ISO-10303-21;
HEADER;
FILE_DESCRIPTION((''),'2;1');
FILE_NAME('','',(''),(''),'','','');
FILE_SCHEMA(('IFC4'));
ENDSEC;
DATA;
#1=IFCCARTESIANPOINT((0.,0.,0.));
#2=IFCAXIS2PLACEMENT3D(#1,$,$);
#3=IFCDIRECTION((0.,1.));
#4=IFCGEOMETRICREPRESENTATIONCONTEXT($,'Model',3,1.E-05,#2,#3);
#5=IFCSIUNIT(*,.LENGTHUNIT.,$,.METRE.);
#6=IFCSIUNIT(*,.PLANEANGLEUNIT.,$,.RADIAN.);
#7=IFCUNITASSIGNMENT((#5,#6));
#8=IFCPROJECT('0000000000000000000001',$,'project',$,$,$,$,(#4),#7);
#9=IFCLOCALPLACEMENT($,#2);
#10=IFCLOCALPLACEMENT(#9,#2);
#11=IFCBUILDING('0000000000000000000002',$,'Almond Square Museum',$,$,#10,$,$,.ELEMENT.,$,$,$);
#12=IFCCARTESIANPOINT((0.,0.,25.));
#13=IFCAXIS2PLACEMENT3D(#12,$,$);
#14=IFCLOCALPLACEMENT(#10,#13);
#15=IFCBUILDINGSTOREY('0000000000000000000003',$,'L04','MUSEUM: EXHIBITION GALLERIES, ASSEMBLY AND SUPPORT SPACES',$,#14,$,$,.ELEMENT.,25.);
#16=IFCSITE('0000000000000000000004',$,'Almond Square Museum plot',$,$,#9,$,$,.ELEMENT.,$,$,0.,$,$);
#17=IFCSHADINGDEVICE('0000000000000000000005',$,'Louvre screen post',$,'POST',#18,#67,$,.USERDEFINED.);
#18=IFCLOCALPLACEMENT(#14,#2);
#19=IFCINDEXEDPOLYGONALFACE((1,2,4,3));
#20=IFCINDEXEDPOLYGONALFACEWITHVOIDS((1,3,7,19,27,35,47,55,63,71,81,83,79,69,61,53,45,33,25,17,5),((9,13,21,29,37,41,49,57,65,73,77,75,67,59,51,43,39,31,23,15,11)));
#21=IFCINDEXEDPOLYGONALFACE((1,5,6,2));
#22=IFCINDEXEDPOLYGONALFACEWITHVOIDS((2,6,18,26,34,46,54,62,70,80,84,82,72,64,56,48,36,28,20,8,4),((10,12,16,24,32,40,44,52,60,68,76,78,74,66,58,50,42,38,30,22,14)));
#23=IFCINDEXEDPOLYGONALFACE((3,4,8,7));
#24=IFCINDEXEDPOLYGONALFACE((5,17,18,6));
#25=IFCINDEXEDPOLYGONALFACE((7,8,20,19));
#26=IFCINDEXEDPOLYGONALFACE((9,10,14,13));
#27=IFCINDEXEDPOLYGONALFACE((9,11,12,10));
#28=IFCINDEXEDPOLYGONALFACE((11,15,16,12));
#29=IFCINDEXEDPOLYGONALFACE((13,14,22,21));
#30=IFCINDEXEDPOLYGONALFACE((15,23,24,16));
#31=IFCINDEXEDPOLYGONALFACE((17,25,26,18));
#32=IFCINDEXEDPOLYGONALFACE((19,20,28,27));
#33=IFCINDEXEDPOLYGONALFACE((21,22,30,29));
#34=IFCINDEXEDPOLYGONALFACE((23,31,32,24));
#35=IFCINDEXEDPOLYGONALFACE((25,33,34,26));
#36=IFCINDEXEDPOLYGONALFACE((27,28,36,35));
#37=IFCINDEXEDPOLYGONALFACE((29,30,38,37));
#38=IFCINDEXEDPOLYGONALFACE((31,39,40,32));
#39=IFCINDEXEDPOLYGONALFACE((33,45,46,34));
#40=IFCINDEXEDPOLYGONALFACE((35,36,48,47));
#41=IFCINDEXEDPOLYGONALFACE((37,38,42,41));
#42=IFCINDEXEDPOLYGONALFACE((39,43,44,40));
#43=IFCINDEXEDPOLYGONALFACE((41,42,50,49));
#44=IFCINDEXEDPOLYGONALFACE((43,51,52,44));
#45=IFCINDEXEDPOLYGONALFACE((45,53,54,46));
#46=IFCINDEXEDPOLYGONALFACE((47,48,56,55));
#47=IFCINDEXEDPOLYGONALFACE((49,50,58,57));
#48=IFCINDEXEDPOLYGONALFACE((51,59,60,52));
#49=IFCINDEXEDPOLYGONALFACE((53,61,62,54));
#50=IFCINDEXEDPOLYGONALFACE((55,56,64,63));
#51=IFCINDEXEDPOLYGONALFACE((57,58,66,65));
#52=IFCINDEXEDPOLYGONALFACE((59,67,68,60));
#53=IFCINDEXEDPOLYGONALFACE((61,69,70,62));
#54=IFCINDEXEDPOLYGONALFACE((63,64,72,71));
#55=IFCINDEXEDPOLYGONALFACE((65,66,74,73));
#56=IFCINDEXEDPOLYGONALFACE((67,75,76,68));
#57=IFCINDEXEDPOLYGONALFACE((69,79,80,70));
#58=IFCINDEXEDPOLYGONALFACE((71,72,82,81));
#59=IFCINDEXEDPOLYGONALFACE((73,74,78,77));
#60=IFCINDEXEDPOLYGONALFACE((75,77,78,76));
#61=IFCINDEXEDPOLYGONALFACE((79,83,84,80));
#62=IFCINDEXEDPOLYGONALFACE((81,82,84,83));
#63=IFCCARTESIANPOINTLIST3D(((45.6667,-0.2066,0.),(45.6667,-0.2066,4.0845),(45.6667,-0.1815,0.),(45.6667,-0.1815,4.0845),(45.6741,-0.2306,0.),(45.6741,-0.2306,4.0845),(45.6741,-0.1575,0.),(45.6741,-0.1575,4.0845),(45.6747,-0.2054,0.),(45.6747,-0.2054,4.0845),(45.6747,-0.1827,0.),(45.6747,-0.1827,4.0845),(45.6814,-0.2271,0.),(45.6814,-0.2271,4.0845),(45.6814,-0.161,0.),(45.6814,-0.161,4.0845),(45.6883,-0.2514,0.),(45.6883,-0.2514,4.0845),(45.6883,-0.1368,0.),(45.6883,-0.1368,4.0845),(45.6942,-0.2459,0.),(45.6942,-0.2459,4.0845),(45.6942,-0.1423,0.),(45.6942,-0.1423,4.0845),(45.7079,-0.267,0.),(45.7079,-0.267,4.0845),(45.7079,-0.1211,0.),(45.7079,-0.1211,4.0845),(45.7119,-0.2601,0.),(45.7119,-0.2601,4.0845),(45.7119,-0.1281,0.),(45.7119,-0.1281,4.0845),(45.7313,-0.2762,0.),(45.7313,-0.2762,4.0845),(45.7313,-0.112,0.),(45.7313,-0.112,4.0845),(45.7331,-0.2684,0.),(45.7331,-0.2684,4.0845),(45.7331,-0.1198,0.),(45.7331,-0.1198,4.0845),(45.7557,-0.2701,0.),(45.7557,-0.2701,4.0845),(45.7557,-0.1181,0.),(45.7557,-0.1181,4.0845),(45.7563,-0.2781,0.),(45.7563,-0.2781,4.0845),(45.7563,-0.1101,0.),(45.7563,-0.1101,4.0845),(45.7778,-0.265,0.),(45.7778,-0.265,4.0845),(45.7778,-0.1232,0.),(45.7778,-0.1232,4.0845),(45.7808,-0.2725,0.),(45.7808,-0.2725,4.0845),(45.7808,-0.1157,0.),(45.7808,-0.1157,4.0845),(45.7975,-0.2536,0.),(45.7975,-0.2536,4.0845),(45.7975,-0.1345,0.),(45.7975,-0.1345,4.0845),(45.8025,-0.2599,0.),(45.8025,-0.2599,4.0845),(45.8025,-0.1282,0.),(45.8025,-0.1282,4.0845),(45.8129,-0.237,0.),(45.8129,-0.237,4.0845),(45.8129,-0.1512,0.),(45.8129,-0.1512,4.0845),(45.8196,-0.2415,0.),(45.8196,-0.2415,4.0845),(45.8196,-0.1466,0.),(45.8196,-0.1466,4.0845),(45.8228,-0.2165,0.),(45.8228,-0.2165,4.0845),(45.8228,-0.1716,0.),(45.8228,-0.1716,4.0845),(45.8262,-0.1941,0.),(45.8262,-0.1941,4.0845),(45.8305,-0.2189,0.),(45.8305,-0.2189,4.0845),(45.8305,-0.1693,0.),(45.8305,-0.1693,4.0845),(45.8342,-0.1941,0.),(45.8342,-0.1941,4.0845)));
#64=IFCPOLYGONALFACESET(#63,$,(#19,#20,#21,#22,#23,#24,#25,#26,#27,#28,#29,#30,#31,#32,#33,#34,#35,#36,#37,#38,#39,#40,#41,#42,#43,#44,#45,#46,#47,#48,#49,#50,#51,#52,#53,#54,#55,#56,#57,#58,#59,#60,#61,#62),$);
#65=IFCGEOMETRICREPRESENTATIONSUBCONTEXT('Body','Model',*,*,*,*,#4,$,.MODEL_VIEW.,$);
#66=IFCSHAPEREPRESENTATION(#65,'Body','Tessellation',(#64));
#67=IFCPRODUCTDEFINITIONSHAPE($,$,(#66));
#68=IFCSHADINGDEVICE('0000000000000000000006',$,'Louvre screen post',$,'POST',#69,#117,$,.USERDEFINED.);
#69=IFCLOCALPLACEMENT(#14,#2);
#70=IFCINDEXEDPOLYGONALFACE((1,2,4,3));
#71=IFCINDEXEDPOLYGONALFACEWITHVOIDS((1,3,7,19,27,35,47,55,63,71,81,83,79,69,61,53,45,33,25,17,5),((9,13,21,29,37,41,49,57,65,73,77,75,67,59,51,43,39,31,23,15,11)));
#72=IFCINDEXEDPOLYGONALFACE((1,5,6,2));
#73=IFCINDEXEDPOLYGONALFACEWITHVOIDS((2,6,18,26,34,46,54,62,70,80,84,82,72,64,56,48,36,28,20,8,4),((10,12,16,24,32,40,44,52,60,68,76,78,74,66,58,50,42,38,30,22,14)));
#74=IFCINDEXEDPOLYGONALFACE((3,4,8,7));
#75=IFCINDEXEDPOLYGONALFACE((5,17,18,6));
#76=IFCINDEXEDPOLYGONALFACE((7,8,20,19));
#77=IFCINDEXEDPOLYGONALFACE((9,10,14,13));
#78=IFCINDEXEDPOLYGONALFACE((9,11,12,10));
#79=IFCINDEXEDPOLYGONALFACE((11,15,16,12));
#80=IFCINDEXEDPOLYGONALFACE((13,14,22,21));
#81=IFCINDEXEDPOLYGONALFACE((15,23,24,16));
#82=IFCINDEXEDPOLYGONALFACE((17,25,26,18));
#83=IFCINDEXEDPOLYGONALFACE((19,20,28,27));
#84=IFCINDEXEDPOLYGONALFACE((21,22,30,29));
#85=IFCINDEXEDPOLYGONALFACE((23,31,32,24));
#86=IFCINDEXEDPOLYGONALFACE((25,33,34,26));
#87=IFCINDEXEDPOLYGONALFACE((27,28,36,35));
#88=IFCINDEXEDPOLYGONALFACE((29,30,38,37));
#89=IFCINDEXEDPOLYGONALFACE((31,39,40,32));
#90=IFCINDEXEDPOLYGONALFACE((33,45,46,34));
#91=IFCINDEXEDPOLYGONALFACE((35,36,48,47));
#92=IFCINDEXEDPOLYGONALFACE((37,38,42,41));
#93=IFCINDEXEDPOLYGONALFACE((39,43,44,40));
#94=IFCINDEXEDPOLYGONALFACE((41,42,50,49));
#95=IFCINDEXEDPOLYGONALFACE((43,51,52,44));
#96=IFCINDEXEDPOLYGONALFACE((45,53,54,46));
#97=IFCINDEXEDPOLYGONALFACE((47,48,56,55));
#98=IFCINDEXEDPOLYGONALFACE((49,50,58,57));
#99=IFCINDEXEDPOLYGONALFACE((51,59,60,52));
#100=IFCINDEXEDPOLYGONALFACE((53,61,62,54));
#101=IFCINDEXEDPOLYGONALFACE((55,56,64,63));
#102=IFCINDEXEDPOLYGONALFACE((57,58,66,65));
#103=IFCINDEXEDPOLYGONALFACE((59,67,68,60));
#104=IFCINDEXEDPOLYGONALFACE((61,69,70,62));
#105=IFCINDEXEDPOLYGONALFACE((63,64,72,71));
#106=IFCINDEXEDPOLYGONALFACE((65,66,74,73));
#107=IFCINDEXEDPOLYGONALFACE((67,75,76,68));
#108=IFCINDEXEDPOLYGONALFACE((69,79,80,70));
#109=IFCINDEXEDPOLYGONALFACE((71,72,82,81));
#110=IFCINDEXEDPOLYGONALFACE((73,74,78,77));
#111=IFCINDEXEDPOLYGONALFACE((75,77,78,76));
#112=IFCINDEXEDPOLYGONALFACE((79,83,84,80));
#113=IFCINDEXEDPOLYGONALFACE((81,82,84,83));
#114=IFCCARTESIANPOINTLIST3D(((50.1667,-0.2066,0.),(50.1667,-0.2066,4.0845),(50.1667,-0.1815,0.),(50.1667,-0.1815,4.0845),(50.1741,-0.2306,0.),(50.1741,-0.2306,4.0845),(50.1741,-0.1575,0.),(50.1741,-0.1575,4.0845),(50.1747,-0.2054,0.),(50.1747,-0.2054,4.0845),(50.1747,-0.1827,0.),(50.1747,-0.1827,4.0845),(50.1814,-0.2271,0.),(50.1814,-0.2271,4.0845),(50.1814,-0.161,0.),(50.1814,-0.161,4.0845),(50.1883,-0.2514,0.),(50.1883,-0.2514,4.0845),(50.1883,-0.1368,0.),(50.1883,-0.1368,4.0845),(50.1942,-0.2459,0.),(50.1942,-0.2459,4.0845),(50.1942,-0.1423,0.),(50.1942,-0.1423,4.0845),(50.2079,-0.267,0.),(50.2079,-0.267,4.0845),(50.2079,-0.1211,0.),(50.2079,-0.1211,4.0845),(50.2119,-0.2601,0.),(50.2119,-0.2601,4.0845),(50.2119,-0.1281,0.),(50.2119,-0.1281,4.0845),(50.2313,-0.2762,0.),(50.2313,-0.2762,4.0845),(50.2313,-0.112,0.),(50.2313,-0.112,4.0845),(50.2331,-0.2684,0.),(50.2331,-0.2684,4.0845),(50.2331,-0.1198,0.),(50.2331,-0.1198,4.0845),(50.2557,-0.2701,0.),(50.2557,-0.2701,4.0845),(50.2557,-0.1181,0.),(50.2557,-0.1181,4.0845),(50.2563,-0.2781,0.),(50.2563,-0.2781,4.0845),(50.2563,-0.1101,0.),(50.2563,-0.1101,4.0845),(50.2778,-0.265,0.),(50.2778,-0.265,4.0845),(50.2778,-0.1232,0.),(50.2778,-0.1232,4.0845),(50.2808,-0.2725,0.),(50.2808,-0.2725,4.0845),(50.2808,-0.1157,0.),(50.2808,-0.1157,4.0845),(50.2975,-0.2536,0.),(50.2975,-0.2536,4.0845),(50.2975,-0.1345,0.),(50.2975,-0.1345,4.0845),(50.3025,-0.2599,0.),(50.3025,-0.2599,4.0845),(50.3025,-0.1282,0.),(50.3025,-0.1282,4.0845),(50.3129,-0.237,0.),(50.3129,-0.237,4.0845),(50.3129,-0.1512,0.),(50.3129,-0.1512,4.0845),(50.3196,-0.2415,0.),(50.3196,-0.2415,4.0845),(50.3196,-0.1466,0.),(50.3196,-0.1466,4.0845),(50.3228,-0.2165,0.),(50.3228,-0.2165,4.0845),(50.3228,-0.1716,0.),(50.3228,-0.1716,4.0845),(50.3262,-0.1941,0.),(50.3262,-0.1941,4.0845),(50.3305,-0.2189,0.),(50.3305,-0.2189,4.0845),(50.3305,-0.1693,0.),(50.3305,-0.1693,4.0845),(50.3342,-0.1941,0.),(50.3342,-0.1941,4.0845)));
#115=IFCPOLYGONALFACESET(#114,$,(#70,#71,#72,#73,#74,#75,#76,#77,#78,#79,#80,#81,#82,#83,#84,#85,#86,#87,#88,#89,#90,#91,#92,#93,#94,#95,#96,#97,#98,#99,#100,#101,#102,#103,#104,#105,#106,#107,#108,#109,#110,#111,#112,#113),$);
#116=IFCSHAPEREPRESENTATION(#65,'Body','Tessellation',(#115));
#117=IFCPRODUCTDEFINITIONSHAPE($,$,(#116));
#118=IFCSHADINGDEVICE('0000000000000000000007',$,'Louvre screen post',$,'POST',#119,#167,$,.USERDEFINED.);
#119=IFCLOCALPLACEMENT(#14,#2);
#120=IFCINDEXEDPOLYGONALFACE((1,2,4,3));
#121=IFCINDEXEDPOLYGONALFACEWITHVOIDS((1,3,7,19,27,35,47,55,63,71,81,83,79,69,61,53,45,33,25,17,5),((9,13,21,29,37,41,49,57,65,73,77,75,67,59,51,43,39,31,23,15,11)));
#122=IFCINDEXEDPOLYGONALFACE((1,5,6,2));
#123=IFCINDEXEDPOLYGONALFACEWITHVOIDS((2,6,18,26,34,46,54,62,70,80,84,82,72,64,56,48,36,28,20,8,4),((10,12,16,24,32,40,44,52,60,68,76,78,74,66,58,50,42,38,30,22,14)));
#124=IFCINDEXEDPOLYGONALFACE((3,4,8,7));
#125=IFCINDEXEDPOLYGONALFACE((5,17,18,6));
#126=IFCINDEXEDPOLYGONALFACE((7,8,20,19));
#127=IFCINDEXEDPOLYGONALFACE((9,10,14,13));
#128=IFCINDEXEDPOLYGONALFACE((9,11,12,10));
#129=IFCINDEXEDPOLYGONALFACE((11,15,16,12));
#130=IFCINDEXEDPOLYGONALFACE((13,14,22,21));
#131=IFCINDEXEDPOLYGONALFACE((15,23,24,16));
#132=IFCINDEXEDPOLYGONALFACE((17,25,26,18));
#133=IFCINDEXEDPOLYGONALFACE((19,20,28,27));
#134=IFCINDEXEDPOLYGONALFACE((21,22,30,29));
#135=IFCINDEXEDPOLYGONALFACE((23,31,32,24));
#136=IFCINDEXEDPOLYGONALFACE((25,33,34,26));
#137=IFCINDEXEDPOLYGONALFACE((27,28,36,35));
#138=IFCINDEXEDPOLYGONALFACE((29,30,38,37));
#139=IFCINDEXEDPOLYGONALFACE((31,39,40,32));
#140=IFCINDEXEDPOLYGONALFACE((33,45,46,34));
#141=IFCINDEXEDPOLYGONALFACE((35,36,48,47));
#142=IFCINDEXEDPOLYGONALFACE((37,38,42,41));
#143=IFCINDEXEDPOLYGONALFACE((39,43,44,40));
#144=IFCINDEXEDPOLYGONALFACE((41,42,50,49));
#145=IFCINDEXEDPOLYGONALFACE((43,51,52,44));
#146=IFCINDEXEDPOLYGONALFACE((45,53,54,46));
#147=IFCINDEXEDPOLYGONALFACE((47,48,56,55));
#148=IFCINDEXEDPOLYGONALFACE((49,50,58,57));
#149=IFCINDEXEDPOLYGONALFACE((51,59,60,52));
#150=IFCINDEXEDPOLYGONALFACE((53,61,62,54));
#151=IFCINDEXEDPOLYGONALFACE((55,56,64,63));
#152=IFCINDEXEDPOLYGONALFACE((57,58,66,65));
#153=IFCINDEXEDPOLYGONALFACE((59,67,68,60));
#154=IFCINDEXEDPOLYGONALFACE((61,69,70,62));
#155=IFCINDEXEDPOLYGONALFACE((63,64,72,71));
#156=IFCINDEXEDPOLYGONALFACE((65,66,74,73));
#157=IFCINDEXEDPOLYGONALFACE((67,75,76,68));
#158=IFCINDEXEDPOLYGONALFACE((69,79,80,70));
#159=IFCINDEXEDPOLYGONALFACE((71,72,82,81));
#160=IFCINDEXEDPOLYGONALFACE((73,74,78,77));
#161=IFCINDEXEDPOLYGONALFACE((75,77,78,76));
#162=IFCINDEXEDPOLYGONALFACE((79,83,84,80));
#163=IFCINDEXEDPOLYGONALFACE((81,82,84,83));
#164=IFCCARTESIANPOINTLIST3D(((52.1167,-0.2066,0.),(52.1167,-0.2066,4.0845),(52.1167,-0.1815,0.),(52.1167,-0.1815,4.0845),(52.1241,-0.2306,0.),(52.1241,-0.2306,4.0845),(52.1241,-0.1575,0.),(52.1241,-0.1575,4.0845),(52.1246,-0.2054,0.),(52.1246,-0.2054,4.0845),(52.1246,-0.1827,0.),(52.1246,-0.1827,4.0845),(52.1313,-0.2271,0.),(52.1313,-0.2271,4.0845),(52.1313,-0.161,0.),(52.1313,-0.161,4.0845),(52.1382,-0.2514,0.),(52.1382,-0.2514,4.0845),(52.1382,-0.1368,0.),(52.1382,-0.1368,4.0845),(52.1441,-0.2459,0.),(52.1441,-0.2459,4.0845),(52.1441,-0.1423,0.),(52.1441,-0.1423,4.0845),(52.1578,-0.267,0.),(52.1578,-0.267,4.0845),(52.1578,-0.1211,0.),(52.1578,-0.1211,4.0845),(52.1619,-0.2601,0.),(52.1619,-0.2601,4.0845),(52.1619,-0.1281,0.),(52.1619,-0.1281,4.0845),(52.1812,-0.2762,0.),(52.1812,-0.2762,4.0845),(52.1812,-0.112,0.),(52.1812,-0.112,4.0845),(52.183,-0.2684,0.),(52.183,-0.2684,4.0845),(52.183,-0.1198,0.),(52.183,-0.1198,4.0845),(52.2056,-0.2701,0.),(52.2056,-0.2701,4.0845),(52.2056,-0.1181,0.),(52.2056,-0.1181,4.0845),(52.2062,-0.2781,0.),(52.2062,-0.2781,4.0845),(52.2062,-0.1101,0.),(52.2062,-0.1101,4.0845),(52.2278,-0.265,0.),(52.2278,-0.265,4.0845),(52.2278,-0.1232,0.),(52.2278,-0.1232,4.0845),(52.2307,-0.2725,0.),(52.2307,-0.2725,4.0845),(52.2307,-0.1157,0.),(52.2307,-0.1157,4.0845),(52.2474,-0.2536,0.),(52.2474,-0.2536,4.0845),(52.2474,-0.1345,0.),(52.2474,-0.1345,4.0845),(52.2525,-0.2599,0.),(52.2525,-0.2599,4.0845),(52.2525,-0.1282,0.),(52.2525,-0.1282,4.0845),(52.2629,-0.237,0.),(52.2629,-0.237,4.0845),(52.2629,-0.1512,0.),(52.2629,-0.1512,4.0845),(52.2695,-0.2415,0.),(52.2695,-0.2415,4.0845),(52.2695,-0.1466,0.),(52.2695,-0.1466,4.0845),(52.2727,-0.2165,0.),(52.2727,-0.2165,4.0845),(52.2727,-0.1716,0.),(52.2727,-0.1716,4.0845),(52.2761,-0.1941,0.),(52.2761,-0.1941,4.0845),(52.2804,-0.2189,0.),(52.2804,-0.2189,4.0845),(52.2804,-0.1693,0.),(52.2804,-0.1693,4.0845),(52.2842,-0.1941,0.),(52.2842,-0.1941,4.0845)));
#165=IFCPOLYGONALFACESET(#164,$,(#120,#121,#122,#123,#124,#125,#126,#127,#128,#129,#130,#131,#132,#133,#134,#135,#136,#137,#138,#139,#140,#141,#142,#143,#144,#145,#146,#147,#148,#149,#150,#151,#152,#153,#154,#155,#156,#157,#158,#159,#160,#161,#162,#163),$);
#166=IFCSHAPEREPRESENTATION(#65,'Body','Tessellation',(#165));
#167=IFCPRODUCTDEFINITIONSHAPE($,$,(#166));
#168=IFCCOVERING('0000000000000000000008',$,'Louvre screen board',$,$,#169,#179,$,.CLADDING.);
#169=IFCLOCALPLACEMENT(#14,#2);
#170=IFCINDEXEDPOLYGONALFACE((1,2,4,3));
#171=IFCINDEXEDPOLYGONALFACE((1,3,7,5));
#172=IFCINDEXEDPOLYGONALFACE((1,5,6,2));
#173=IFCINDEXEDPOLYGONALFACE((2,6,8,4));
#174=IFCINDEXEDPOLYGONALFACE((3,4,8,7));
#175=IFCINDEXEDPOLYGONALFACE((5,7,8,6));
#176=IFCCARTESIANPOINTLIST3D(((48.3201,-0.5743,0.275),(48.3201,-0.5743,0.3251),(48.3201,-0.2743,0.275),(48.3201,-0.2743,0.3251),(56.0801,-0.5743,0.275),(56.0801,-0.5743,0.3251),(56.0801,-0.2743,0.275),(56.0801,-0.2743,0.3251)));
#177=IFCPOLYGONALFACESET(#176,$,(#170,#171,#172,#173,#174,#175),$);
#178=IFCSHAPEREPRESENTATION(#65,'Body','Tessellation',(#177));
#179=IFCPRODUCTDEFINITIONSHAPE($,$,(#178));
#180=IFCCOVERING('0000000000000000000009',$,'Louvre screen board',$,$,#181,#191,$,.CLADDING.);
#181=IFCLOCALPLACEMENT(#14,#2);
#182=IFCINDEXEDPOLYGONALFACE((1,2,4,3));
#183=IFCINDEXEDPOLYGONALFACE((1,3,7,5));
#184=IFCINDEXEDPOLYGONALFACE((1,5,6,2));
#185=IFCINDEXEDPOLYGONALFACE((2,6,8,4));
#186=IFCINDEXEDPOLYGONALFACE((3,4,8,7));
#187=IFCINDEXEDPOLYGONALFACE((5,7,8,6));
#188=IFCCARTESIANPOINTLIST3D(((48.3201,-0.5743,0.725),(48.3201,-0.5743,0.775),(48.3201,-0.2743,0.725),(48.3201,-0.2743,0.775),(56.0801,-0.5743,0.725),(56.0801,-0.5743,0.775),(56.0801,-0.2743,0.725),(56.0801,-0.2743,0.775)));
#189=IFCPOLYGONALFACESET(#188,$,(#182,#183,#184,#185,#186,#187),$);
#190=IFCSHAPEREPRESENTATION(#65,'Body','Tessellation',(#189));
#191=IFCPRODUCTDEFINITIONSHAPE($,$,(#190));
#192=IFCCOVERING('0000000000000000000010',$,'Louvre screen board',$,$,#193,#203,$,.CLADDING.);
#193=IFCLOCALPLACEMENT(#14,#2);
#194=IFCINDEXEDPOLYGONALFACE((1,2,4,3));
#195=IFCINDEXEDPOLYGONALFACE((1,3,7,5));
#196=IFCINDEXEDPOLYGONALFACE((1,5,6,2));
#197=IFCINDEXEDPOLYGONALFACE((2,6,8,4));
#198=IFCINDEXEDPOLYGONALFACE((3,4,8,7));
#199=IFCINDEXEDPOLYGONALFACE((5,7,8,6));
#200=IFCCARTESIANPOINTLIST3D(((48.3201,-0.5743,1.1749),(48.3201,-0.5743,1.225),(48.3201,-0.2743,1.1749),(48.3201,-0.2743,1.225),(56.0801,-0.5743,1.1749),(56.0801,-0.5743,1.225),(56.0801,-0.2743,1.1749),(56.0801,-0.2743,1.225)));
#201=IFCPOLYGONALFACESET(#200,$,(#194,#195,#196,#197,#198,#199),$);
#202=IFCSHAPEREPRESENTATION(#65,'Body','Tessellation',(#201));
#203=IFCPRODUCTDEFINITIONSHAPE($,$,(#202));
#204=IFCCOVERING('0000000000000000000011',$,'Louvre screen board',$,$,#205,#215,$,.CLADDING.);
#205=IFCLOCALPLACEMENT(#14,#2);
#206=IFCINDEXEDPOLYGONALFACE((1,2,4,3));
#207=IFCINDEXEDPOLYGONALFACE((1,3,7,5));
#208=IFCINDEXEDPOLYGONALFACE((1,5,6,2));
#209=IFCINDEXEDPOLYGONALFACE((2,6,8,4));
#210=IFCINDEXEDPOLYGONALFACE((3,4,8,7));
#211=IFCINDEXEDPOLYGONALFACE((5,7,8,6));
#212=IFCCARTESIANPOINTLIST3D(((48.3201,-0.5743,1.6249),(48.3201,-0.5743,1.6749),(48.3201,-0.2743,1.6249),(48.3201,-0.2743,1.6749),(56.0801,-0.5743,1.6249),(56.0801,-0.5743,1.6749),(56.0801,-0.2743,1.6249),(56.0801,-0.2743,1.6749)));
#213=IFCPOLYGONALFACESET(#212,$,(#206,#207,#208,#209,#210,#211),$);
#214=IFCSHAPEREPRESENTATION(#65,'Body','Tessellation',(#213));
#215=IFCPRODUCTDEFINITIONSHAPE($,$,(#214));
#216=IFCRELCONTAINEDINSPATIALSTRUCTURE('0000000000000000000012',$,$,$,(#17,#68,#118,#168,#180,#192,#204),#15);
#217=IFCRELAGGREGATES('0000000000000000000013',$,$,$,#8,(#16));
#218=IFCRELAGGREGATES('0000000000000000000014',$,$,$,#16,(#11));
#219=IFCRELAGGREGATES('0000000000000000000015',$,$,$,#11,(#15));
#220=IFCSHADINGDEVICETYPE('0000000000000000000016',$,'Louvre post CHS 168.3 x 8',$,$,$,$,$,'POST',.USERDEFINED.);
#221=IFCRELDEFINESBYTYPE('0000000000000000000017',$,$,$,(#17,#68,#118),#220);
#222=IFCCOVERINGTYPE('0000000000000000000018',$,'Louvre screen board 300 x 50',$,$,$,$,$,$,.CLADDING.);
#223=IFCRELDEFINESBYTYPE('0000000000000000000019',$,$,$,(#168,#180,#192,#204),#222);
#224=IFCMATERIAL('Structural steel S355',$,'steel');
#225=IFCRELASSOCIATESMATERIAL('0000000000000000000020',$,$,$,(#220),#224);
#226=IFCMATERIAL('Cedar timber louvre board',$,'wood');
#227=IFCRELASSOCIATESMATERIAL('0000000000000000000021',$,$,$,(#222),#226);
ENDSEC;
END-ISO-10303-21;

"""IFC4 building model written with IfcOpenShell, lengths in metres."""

from ifc_helpers import new_model, si_unit, direction, frame, origin, origin_2d, place, context, subcontext, project, spatial, rectangle, hollow_circle, extrude, material, material_profile, profile_set, type_object, element, save


model = new_model("IFC4")

# Units and contexts
model_context = context("Model", 3, precision=1e-05, world=origin(), true_north=direction((0.0, 1.0)))
body_context = subcontext(model_context, "Body", "Model", "MODEL_VIEW")
ifc_project = project(units=[si_unit("LENGTHUNIT", "METRE"), si_unit("PLANEANGLEUNIT", "RADIAN")], contexts=[model_context])

# Site, building, storey
site_placement = place(None, origin())
site = spatial("IfcSite", under=ifc_project, at=site_placement, Name="Almond Square Museum plot", CompositionType="ELEMENT", RefElevation=0.0)
building_placement = place(site_placement, origin())
building = spatial("IfcBuilding", under=site, at=building_placement, Name="Almond Square Museum", CompositionType="ELEMENT")
storey_placement = place(building_placement, frame((0.0, 0.0, 25.0)))
storey = spatial("IfcBuildingStorey", under=building, at=storey_placement, Name="L04", Description="MUSEUM: EXHIBITION GALLERIES, ASSEMBLY AND SUPPORT SPACES", CompositionType="ELEMENT", Elevation=25.0)

# Shading devices
ifc_material_1 = material(Name="Structural steel S355", Category="steel")
ifc_material_profile_1 = material_profile(ifc_material_1, hollow_circle(Radius=0.0842, WallThickness=0.0081, at=origin_2d()))
ifc_profile_set_1 = profile_set([ifc_material_profile_1], Name="Structural steel S355")
shading_device_type = type_object("IfcShadingDeviceType", Name="Louvre post CHS 168.3 x 8", ElementType="POST", PredefinedType="USERDEFINED", material=ifc_profile_set_1)
for number, where, z_axis, x_axis, name in (
    (1, (45.75, -0.1941, 0.0), (0.0, 0.0, 1.0), (1.0, 0.0, 0.0), "Louvre screen post"),
    (2, (50.25, -0.1941, 0.0), (0.0, 0.0, 1.0), (1.0, 0.0, 0.0), "Louvre screen post"),
    (3, (52.2, -0.1941, 0.0), (0.0, 0.0, 1.0), (1.0, 0.0, 0.0), "Louvre screen post"),
):
    element("IfcShadingDevice", number, at=place(storey_placement, frame(where, z_axis=z_axis, x_axis=x_axis)), inside=storey, type_object=shading_device_type, Name=name, ObjectType="POST", PredefinedType="USERDEFINED", context=body_context, shape_type="SweptSolid", body=[
        extrude(hollow_circle(Radius=0.0842, WallThickness=0.0081, at=origin_2d()), origin(), (0.0, 0.0, 1.0), 4.0845),
    ])

# Coverings
ifc_material_2 = material(Name="Cedar timber louvre board", Category="wood")
ifc_material_profile_2 = material_profile(ifc_material_2, rectangle(XDim=0.3, YDim=0.05, at=origin_2d()))
ifc_profile_set_2 = profile_set([ifc_material_profile_2], Name="Cedar timber louvre board")
covering_type = type_object("IfcCoveringType", Name="Louvre screen board 300 x 50", PredefinedType="CLADDING", material=ifc_profile_set_2)
for number, where, z_axis, x_axis, name in (
    (4, (48.3201, -0.4243, 0.3), (1.0, 0.0, 0.0), (0.0, 1.0, 0.0), "Louvre screen board"),
    (5, (48.3201, -0.4243, 0.75), (1.0, 0.0, 0.0), (0.0, 1.0, 0.0), "Louvre screen board"),
    (6, (48.3201, -0.4243, 1.2), (1.0, 0.0, 0.0), (0.0, 1.0, 0.0), "Louvre screen board"),
    (7, (48.3201, -0.4243, 1.6499), (1.0, 0.0, 0.0), (0.0, 1.0, 0.0), "Louvre screen board"),
):
    element("IfcCovering", number, at=place(storey_placement, frame(where, z_axis=z_axis, x_axis=x_axis)), inside=storey, type_object=covering_type, Name=name, PredefinedType="CLADDING", context=body_context, shape_type="SweptSolid", body=[
        extrude(rectangle(XDim=0.3, YDim=0.05, at=origin_2d()), origin(), (0.0, 0.0, 1.0), 7.76),
    ])

save(model, "model.ifc")
